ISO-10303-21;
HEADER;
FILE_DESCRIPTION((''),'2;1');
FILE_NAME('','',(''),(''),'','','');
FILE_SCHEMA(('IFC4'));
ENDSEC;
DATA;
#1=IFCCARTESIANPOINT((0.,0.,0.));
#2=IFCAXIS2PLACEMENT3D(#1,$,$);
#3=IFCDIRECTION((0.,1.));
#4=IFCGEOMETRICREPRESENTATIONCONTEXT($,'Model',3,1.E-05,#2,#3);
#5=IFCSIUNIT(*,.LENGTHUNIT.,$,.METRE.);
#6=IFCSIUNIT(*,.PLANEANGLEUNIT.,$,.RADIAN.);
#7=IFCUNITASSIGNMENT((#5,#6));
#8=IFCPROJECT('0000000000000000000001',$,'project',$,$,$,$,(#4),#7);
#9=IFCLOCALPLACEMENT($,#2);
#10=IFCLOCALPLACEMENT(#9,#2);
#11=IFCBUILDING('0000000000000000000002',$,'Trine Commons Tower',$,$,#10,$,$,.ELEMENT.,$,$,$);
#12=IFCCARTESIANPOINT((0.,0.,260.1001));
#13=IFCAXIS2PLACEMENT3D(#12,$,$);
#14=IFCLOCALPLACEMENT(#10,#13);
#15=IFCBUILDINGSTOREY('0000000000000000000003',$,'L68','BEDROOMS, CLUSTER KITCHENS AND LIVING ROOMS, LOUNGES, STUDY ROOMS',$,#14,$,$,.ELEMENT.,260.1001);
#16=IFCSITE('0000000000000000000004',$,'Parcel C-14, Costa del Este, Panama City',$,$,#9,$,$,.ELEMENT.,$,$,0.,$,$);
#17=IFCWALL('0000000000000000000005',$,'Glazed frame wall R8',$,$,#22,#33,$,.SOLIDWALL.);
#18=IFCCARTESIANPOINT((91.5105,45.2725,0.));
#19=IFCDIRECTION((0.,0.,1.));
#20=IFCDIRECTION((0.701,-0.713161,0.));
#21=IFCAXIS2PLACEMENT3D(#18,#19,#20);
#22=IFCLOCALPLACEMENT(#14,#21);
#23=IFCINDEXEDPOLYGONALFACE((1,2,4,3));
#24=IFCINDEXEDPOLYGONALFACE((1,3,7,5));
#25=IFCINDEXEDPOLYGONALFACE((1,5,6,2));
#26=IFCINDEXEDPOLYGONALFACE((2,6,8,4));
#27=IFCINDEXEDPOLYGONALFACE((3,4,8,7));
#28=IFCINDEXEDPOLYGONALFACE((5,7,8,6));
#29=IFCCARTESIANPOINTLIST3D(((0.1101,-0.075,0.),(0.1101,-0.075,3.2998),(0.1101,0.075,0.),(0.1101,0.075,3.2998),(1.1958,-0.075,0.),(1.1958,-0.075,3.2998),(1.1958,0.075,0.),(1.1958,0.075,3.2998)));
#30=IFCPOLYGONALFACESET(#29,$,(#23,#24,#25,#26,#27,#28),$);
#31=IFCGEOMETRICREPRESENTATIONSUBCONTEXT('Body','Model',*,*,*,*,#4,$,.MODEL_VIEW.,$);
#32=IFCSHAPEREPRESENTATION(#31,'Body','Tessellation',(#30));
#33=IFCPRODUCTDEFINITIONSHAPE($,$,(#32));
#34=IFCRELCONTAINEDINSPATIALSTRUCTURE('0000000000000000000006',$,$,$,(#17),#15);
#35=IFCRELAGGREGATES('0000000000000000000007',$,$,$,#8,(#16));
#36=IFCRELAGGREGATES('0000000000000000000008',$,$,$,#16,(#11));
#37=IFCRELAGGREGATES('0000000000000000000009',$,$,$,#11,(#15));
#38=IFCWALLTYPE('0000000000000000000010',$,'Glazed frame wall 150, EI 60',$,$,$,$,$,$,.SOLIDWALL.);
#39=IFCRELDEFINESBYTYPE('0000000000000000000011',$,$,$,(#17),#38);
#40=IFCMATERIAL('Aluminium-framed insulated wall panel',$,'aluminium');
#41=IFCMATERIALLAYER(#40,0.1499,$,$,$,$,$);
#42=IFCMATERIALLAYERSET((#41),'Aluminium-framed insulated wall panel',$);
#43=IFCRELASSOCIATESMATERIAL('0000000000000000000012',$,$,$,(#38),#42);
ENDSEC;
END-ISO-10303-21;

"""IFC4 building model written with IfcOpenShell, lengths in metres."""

from ifc_helpers import new_model, si_unit, direction, frame, origin, place, context, subcontext, project, spatial, polyline, outline, extrude, material, layer, layer_set, type_object, element, save


model = new_model("IFC4")

# Units and contexts
model_context = context("Model", 3, precision=1e-05, world=origin(), true_north=direction((0.0, 1.0)))
body_context = subcontext(model_context, "Body", "Model", "MODEL_VIEW")
ifc_project = project(units=[si_unit("LENGTHUNIT", "METRE"), si_unit("PLANEANGLEUNIT", "RADIAN")], contexts=[model_context])

# Site, building, storey
site_placement = place(None, origin())
site = spatial("IfcSite", under=ifc_project, at=site_placement, Name="Parcel C-14, Costa del Este, Panama City", CompositionType="ELEMENT", RefElevation=0.0)
building_placement = place(site_placement, origin())
building = spatial("IfcBuilding", under=site, at=building_placement, Name="Trine Commons Tower", CompositionType="ELEMENT")
storey_placement = place(building_placement, frame((0.0, 0.0, 260.1001)))
storey = spatial("IfcBuildingStorey", under=building, at=storey_placement, Name="L68", Description="BEDROOMS, CLUSTER KITCHENS AND LIVING ROOMS, LOUNGES, STUDY ROOMS", CompositionType="ELEMENT", Elevation=260.1001)

# Shared definitions
ifc_material_1 = material(Name="Aluminium-framed insulated wall panel", Category="aluminium")
ifc_layer_1 = layer(ifc_material_1, 0.1499)
ifc_layer_set_1 = layer_set([ifc_layer_1], Name="Aluminium-framed insulated wall panel")
wall_type_1 = type_object("IfcWallType", Name="Glazed frame wall 150, EI 60", PredefinedType="SOLIDWALL", material=ifc_layer_set_1)

# Wall
wall_1_placement = place(storey_placement, frame((91.5105, 45.2725, 0.0), z_axis=(0.0, 0.0, 1.0), x_axis=(0.701, -0.713161, 0.0)))
element("IfcWall", 1, at=wall_1_placement, inside=storey, type_object=wall_type_1, Name="Glazed frame wall R8", PredefinedType="SOLIDWALL", context=body_context, shape_type="SweptSolid", body=[
    extrude(outline(polyline([(0.1101, 0.075), (0.1101, -0.075), (1.1958, -0.075), (1.1958, 0.075), (0.1101, 0.075)])), origin(), (0.0, 0.0, 1.0), 3.2998),
])

save(model, "model.ifc")
